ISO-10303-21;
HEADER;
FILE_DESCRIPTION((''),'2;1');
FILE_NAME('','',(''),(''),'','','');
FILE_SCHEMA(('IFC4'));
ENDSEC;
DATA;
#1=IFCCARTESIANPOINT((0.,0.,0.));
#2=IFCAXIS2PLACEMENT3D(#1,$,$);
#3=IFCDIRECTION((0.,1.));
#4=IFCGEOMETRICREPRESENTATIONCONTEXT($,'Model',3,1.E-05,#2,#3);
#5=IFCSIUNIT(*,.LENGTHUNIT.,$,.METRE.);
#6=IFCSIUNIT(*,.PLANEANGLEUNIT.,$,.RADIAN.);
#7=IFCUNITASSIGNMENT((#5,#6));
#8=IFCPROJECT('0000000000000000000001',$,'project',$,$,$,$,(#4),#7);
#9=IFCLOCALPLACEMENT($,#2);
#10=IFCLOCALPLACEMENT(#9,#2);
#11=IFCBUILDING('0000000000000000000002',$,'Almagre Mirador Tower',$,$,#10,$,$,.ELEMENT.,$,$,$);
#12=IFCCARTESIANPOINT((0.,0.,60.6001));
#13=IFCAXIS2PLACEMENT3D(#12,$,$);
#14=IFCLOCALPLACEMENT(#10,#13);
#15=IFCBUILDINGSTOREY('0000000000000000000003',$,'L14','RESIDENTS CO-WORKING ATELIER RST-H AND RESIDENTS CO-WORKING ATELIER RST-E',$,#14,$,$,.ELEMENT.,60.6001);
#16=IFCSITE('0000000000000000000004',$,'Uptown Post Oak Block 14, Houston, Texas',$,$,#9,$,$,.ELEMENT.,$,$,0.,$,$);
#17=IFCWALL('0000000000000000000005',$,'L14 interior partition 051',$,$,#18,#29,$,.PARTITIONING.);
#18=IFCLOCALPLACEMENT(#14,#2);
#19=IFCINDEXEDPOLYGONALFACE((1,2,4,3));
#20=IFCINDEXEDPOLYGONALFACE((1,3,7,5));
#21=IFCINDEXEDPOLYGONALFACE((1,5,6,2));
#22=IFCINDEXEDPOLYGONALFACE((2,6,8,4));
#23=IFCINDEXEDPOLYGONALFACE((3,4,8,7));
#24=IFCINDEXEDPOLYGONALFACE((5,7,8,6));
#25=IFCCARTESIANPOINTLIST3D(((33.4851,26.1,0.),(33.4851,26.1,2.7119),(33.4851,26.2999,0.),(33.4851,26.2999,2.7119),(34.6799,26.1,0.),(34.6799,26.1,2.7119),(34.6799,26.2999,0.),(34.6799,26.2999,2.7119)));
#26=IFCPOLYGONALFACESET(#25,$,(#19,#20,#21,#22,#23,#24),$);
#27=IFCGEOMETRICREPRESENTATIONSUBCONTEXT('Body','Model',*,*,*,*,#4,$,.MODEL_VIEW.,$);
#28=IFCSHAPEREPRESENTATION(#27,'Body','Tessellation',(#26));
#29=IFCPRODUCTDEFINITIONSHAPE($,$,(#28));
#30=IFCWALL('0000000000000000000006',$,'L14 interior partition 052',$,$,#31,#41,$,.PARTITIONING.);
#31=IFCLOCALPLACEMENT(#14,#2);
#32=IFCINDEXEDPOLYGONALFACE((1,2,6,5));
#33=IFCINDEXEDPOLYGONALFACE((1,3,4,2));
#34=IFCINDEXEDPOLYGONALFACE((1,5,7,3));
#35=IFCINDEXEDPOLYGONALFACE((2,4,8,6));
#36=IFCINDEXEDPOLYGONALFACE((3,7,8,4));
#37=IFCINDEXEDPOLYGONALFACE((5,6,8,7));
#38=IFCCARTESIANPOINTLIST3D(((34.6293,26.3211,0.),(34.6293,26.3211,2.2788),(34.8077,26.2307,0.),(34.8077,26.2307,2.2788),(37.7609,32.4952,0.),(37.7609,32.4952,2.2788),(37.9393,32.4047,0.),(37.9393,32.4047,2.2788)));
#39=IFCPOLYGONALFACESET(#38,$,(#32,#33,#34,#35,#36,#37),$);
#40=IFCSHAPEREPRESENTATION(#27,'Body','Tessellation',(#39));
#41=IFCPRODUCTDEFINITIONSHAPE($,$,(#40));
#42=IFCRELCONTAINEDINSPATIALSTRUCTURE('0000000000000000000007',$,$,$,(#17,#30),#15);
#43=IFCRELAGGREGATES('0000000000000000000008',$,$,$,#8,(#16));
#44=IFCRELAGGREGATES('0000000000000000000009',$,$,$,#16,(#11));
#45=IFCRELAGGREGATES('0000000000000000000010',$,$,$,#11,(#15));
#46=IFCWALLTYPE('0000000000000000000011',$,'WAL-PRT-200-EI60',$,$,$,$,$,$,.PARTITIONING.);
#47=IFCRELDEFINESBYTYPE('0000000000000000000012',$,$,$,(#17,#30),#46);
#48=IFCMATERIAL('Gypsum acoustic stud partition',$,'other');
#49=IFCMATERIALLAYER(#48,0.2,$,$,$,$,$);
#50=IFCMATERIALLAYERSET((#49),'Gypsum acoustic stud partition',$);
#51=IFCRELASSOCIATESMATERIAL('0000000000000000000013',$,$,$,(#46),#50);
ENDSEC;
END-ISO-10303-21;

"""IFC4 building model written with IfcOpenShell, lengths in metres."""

from ifc_helpers import new_model, si_unit, direction, frame, frame_2d, origin, place, context, subcontext, project, spatial, rectangle, extrude, material, layer, layer_set, type_object, element, save


model = new_model("IFC4")

# Units and contexts
model_context = context("Model", 3, precision=1e-05, world=origin(), true_north=direction((0.0, 1.0)))
body_context = subcontext(model_context, "Body", "Model", "MODEL_VIEW")
ifc_project = project(units=[si_unit("LENGTHUNIT", "METRE"), si_unit("PLANEANGLEUNIT", "RADIAN")], contexts=[model_context])

# Site, building, storey
site_placement = place(None, origin())
site = spatial("IfcSite", under=ifc_project, at=site_placement, Name="Uptown Post Oak Block 14, Houston, Texas", CompositionType="ELEMENT", RefElevation=0.0)
building_placement = place(site_placement, origin())
building = spatial("IfcBuilding", under=site, at=building_placement, Name="Almagre Mirador Tower", CompositionType="ELEMENT")
storey_placement = place(building_placement, frame((0.0, 0.0, 60.6001)))
storey = spatial("IfcBuildingStorey", under=building, at=storey_placement, Name="L14", Description="RESIDENTS CO-WORKING ATELIER RST-H AND RESIDENTS CO-WORKING ATELIER RST-E", CompositionType="ELEMENT", Elevation=60.6001)

# Walls
ifc_material_1 = material(Name="Gypsum acoustic stud partition", Category="other")
ifc_layer_1 = layer(ifc_material_1, 0.2)
ifc_layer_set_1 = layer_set([ifc_layer_1], Name="Gypsum acoustic stud partition")
wall_type_1 = type_object("IfcWallType", Name="WAL-PRT-200-EI60", PredefinedType="PARTITIONING", material=ifc_layer_set_1)
wall_1_placement = place(storey_placement, frame((33.4851, 26.2, 0.0), z_axis=(0.0, 0.0, 1.0), x_axis=(1.0, 0.0, 0.0)))
element("IfcWall", 1, at=wall_1_placement, inside=storey, type_object=wall_type_1, Name="L14 interior partition 051", PredefinedType="PARTITIONING", context=body_context, shape_type="SweptSolid", body=[
    extrude(rectangle(XDim=1.1948, YDim=0.2, at=frame_2d((0.5974, 0.0))), origin(), (0.0, 0.0, 1.0), 2.7119),
])
wall_2_placement = place(storey_placement, frame((34.7185, 26.2759, 0.0), z_axis=(0.0, 0.0, 1.0), x_axis=(0.452355, 0.891838, 0.0)))
element("IfcWall", 2, at=wall_2_placement, inside=storey, type_object=wall_type_1, Name="L14 interior partition 052", PredefinedType="PARTITIONING", context=body_context, shape_type="SweptSolid", body=[
    extrude(rectangle(XDim=6.9229, YDim=0.2, at=frame_2d((3.4614, 0.0))), origin(), (0.0, 0.0, 1.0), 2.2788),
])

save(model, "model.ifc")
